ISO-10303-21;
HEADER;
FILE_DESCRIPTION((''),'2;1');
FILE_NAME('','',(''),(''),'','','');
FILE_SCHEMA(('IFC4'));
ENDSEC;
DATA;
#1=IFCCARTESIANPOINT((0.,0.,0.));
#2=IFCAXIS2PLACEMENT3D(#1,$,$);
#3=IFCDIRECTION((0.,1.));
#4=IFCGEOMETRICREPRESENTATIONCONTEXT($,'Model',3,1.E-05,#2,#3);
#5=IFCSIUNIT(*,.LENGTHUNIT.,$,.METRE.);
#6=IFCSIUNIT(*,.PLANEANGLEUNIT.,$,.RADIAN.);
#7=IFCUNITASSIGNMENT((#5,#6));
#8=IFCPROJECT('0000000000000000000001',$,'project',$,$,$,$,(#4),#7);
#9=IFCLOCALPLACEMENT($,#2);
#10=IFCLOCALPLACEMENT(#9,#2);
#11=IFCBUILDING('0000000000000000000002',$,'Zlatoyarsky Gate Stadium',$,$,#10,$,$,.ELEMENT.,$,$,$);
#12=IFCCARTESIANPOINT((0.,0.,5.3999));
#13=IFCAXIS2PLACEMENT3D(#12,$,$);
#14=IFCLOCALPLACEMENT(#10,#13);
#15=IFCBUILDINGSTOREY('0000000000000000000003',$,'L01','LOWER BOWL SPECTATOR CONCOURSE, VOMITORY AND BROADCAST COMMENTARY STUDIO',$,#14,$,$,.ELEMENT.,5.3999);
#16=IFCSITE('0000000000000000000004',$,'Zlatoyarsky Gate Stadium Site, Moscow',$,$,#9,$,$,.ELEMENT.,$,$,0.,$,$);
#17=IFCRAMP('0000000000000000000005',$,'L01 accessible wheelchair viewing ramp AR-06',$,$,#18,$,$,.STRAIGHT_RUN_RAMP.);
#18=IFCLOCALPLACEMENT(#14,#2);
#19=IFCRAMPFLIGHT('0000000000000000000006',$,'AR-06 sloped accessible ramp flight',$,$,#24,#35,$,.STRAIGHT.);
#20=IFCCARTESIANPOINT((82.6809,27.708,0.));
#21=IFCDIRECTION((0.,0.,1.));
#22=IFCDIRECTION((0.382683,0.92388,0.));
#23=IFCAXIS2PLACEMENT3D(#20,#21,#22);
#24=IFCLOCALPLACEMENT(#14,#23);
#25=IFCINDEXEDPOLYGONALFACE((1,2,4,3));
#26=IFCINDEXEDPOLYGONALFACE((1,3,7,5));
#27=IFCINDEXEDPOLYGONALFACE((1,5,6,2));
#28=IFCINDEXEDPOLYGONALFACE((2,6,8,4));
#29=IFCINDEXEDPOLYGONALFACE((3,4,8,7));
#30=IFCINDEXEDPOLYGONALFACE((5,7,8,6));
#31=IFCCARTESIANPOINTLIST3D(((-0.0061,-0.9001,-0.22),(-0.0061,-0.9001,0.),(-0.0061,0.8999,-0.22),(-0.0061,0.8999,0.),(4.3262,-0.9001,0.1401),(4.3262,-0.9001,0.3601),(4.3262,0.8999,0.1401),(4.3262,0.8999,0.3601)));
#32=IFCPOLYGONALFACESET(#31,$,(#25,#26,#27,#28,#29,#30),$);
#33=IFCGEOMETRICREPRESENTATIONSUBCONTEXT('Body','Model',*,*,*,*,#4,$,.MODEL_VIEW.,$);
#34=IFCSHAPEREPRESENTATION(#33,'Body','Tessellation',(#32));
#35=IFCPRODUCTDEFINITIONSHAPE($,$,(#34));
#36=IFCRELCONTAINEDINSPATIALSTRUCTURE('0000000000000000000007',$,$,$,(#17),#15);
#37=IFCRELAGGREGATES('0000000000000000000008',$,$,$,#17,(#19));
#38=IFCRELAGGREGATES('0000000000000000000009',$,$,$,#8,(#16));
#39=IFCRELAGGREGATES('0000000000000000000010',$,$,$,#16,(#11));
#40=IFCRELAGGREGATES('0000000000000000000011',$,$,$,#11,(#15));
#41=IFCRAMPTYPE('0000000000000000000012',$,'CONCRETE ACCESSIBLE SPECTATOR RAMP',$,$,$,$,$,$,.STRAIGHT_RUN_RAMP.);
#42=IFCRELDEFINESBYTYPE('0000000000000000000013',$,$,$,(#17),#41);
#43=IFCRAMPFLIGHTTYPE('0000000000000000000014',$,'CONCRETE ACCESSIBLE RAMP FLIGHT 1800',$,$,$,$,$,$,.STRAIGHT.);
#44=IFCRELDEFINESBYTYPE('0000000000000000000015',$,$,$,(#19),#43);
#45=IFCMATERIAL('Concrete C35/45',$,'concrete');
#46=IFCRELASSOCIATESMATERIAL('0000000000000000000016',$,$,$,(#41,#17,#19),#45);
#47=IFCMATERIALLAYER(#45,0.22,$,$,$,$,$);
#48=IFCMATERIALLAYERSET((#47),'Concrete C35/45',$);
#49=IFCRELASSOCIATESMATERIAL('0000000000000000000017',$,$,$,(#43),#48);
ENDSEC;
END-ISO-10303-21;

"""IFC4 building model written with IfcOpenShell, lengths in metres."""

from ifc_helpers import new_model, si_unit, direction, frame, origin, place, context, subcontext, project, spatial, polyline, outline, extrude, material, layer, layer_set, type_object, element, aggregate, save


model = new_model("IFC4")

# Units and contexts
model_context = context("Model", 3, precision=1e-05, world=origin(), true_north=direction((0.0, 1.0)))
body_context = subcontext(model_context, "Body", "Model", "MODEL_VIEW")
ifc_project = project(units=[si_unit("LENGTHUNIT", "METRE"), si_unit("PLANEANGLEUNIT", "RADIAN")], contexts=[model_context])

# Site, building, storey
site_placement = place(None, origin())
site = spatial("IfcSite", under=ifc_project, at=site_placement, Name="Zlatoyarsky Gate Stadium Site, Moscow", CompositionType="ELEMENT", RefElevation=0.0)
building_placement = place(site_placement, origin())
building = spatial("IfcBuilding", under=site, at=building_placement, Name="Zlatoyarsky Gate Stadium", CompositionType="ELEMENT")
storey_placement = place(building_placement, frame((0.0, 0.0, 5.3999)))
storey = spatial("IfcBuildingStorey", under=building, at=storey_placement, Name="L01", Description="LOWER BOWL SPECTATOR CONCOURSE, VOMITORY AND BROADCAST COMMENTARY STUDIO", CompositionType="ELEMENT", Elevation=5.3999)

# Ramp, ramp flight
ifc_material_1 = material(Name="Concrete C35/45", Category="concrete")
ramp_type = type_object("IfcRampType", Name="CONCRETE ACCESSIBLE SPECTATOR RAMP", PredefinedType="STRAIGHT_RUN_RAMP", material=ifc_material_1)
ramp_placement = place(storey_placement, origin())
ramp = element("IfcRamp", 1, at=ramp_placement, inside=storey, type_object=ramp_type, material=ifc_material_1, Name="L01 accessible wheelchair viewing ramp AR-06", PredefinedType="STRAIGHT_RUN_RAMP")
ifc_layer_1 = layer(ifc_material_1, 0.22)
ifc_layer_set_1 = layer_set([ifc_layer_1], Name="Concrete C35/45")
ramp_flight_type = type_object("IfcRampFlightType", Name="CONCRETE ACCESSIBLE RAMP FLIGHT 1800", PredefinedType="STRAIGHT", material=ifc_layer_set_1)
ramp_flight_placement = place(storey_placement, frame((82.6809, 27.708, 0.0), z_axis=(0.0, 0.0, 1.0), x_axis=(0.382683, 0.92388, 0.0)))
ramp_flight = element("IfcRampFlight", 2, at=ramp_flight_placement, type_object=ramp_flight_type, material=ifc_material_1, Name="AR-06 sloped accessible ramp flight", PredefinedType="STRAIGHT", context=body_context, shape_type="SweptSolid", body=[
    extrude(outline(polyline([(-0.0061, 0.0), (4.3262, 0.3601), (4.3262, 0.1401), (-0.0061, -0.22), (-0.0061, 0.0)])), frame((0.0, 0.8999, 0.0), z_axis=(0.0, -1.0, 0.0), x_axis=(1.0, 0.0, 0.0)), (0.0, 0.0, 1.0), 1.8),
])
aggregate(ramp, [ramp_flight])

save(model, "model.ifc")
